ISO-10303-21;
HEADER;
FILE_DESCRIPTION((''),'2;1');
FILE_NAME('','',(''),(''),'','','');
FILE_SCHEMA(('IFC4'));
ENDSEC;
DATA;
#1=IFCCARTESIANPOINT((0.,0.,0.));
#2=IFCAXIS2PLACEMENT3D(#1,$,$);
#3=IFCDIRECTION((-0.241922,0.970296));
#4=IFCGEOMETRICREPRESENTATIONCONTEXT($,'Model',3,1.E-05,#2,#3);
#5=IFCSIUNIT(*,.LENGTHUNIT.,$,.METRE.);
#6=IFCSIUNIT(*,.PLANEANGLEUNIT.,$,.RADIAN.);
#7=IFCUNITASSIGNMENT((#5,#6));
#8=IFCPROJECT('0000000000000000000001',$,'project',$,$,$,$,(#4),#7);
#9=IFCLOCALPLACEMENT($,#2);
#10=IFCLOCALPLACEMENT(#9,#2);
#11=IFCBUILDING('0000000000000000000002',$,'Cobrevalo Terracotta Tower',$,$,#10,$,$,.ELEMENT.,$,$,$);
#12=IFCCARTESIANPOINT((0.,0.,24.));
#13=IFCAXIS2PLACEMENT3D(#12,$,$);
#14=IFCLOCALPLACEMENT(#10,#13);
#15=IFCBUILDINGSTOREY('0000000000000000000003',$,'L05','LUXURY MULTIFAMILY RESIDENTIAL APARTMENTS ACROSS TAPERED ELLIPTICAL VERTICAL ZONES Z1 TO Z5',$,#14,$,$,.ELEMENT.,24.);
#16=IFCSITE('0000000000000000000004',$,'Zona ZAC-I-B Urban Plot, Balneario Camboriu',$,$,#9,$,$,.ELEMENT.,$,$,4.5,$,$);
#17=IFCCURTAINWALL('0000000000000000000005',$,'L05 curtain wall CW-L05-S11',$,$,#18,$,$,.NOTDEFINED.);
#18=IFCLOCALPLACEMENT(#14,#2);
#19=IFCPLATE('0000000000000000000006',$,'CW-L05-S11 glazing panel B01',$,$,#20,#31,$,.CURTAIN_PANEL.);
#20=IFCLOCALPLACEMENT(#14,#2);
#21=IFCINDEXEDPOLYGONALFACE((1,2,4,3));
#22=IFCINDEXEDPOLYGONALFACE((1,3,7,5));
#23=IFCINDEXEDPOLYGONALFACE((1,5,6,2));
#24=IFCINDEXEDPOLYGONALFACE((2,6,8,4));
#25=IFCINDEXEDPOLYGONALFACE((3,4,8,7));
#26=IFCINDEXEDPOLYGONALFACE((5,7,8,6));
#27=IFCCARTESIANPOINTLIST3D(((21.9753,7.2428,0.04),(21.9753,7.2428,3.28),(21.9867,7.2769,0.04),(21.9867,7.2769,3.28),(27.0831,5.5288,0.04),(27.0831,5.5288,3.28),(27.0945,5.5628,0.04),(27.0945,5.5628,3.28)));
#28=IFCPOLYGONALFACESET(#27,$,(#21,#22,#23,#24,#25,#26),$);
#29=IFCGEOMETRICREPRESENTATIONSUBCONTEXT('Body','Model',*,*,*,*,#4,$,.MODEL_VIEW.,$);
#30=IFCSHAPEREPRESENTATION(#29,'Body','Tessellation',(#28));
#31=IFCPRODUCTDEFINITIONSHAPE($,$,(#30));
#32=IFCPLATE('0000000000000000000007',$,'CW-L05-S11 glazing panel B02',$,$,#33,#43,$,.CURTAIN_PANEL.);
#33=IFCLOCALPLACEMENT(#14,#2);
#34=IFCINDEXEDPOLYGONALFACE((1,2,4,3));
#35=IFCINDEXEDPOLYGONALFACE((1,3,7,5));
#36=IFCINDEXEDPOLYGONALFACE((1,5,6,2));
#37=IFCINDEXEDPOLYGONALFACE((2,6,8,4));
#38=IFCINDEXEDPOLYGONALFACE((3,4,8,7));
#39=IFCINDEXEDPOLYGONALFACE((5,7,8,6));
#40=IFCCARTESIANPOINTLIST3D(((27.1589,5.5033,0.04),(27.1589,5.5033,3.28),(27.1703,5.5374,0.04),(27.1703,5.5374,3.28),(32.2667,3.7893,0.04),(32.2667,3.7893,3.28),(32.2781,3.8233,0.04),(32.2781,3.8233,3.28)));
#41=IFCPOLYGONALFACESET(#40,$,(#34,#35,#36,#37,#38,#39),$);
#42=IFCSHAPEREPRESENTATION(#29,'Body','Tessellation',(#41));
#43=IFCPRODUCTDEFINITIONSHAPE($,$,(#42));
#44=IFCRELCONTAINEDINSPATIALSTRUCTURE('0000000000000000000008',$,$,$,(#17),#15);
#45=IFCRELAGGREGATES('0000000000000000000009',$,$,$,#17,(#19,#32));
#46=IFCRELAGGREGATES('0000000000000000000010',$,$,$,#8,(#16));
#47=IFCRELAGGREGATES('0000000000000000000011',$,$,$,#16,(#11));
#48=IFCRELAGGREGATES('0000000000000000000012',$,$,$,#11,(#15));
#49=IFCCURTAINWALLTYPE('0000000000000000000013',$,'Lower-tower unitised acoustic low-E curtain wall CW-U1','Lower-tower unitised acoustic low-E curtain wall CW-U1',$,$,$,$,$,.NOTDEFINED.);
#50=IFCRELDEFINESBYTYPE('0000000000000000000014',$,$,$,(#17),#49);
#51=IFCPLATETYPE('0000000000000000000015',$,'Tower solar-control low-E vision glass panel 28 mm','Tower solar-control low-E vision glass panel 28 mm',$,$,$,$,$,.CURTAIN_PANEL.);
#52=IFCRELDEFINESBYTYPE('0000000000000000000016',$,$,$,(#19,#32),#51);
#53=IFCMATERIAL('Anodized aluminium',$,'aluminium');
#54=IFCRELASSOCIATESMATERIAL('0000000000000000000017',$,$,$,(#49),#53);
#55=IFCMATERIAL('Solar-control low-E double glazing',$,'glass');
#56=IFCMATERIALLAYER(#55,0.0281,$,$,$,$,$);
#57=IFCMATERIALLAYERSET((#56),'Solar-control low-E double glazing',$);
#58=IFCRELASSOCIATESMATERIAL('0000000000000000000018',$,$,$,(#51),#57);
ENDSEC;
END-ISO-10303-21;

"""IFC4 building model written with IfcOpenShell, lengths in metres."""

from ifc_helpers import new_model, si_unit, direction, frame, origin, origin_2d, place, context, subcontext, project, spatial, rectangle, extrude, source, transform, mapped, material, layer, layer_set, type_object, element, aggregate, save


model = new_model("IFC4")

# Units and contexts
model_context = context("Model", 3, precision=1e-05, world=origin(), true_north=direction((-0.241922, 0.970296)))
body_context = subcontext(model_context, "Body", "Model", "MODEL_VIEW")
ifc_project = project(units=[si_unit("LENGTHUNIT", "METRE"), si_unit("PLANEANGLEUNIT", "RADIAN")], contexts=[model_context])

# Site, building, storey
site_placement = place(None, origin())
site = spatial("IfcSite", under=ifc_project, at=site_placement, Name="Zona ZAC-I-B Urban Plot, Balneario Camboriu", CompositionType="ELEMENT", RefElevation=4.5)
building_placement = place(site_placement, origin())
building = spatial("IfcBuilding", under=site, at=building_placement, Name="Cobrevalo Terracotta Tower", CompositionType="ELEMENT")
storey_placement = place(building_placement, frame((0.0, 0.0, 24.0)))
storey = spatial("IfcBuildingStorey", under=building, at=storey_placement, Name="L05", Description="LUXURY MULTIFAMILY RESIDENTIAL APARTMENTS ACROSS TAPERED ELLIPTICAL VERTICAL ZONES Z1 TO Z5", CompositionType="ELEMENT", Elevation=24.0)

# Shared definitions
ifc_material_1 = material(Name="Anodized aluminium", Category="aluminium")
curtain_wall_type = type_object("IfcCurtainWallType", Name="Lower-tower unitised acoustic low-E curtain wall CW-U1", Description="Lower-tower unitised acoustic low-E curtain wall CW-U1", PredefinedType="NOTDEFINED", material=ifc_material_1)

# Curtain wall
curtain_wall_1_placement = place(storey_placement, origin())
curtain_wall_1 = element("IfcCurtainWall", 1, at=curtain_wall_1_placement, inside=storey, type_object=curtain_wall_type, Name="L05 curtain wall CW-L05-S11", PredefinedType="NOTDEFINED")

# Plates
ifc_material_2 = material(Name="Solar-control low-E double glazing", Category="glass")
ifc_layer = layer(ifc_material_2, 0.0281)
ifc_layer_set = layer_set([ifc_layer], Name="Solar-control low-E double glazing")
plate_type = type_object("IfcPlateType", Name="Tower solar-control low-E vision glass panel 28 mm", Description="Tower solar-control low-E vision glass panel 28 mm", PredefinedType="CURTAIN_PANEL", material=ifc_layer_set)
shared_shape_1 = source(origin(), body_context, "Body", "SweptSolid", [
    extrude(rectangle(XDim=5.3877, YDim=0.0359, at=origin_2d()), origin(), (0.0, 0.0, 1.0), 3.24),
])
plate_1_placement = place(storey_placement, frame((24.5349, 6.4028, 0.04), z_axis=(0.0, 0.0, 1.0), x_axis=(0.948044, -0.318139, 0.0)))
plate_1 = element("IfcPlate", 2, at=plate_1_placement, type_object=plate_type, Name="CW-L05-S11 glazing panel B01", PredefinedType="CURTAIN_PANEL", context=body_context, shape_type="MappedRepresentation", body=[
    mapped(shared_shape_1, transform((0.0, 0.0, 0.0), scale=1.0)),
])
plate_2_placement = place(storey_placement, frame((29.7185, 4.6633, 0.04), z_axis=(0.0, 0.0, 1.0), x_axis=(0.948044, -0.318139, 0.0)))
plate_2 = element("IfcPlate", 3, at=plate_2_placement, type_object=plate_type, Name="CW-L05-S11 glazing panel B02", PredefinedType="CURTAIN_PANEL", context=body_context, shape_type="MappedRepresentation", body=[
    mapped(shared_shape_1, transform((0.0, 0.0, 0.0), scale=1.0)),
])
aggregate(curtain_wall_1, [plate_1, plate_2])

save(model, "model.ifc")
